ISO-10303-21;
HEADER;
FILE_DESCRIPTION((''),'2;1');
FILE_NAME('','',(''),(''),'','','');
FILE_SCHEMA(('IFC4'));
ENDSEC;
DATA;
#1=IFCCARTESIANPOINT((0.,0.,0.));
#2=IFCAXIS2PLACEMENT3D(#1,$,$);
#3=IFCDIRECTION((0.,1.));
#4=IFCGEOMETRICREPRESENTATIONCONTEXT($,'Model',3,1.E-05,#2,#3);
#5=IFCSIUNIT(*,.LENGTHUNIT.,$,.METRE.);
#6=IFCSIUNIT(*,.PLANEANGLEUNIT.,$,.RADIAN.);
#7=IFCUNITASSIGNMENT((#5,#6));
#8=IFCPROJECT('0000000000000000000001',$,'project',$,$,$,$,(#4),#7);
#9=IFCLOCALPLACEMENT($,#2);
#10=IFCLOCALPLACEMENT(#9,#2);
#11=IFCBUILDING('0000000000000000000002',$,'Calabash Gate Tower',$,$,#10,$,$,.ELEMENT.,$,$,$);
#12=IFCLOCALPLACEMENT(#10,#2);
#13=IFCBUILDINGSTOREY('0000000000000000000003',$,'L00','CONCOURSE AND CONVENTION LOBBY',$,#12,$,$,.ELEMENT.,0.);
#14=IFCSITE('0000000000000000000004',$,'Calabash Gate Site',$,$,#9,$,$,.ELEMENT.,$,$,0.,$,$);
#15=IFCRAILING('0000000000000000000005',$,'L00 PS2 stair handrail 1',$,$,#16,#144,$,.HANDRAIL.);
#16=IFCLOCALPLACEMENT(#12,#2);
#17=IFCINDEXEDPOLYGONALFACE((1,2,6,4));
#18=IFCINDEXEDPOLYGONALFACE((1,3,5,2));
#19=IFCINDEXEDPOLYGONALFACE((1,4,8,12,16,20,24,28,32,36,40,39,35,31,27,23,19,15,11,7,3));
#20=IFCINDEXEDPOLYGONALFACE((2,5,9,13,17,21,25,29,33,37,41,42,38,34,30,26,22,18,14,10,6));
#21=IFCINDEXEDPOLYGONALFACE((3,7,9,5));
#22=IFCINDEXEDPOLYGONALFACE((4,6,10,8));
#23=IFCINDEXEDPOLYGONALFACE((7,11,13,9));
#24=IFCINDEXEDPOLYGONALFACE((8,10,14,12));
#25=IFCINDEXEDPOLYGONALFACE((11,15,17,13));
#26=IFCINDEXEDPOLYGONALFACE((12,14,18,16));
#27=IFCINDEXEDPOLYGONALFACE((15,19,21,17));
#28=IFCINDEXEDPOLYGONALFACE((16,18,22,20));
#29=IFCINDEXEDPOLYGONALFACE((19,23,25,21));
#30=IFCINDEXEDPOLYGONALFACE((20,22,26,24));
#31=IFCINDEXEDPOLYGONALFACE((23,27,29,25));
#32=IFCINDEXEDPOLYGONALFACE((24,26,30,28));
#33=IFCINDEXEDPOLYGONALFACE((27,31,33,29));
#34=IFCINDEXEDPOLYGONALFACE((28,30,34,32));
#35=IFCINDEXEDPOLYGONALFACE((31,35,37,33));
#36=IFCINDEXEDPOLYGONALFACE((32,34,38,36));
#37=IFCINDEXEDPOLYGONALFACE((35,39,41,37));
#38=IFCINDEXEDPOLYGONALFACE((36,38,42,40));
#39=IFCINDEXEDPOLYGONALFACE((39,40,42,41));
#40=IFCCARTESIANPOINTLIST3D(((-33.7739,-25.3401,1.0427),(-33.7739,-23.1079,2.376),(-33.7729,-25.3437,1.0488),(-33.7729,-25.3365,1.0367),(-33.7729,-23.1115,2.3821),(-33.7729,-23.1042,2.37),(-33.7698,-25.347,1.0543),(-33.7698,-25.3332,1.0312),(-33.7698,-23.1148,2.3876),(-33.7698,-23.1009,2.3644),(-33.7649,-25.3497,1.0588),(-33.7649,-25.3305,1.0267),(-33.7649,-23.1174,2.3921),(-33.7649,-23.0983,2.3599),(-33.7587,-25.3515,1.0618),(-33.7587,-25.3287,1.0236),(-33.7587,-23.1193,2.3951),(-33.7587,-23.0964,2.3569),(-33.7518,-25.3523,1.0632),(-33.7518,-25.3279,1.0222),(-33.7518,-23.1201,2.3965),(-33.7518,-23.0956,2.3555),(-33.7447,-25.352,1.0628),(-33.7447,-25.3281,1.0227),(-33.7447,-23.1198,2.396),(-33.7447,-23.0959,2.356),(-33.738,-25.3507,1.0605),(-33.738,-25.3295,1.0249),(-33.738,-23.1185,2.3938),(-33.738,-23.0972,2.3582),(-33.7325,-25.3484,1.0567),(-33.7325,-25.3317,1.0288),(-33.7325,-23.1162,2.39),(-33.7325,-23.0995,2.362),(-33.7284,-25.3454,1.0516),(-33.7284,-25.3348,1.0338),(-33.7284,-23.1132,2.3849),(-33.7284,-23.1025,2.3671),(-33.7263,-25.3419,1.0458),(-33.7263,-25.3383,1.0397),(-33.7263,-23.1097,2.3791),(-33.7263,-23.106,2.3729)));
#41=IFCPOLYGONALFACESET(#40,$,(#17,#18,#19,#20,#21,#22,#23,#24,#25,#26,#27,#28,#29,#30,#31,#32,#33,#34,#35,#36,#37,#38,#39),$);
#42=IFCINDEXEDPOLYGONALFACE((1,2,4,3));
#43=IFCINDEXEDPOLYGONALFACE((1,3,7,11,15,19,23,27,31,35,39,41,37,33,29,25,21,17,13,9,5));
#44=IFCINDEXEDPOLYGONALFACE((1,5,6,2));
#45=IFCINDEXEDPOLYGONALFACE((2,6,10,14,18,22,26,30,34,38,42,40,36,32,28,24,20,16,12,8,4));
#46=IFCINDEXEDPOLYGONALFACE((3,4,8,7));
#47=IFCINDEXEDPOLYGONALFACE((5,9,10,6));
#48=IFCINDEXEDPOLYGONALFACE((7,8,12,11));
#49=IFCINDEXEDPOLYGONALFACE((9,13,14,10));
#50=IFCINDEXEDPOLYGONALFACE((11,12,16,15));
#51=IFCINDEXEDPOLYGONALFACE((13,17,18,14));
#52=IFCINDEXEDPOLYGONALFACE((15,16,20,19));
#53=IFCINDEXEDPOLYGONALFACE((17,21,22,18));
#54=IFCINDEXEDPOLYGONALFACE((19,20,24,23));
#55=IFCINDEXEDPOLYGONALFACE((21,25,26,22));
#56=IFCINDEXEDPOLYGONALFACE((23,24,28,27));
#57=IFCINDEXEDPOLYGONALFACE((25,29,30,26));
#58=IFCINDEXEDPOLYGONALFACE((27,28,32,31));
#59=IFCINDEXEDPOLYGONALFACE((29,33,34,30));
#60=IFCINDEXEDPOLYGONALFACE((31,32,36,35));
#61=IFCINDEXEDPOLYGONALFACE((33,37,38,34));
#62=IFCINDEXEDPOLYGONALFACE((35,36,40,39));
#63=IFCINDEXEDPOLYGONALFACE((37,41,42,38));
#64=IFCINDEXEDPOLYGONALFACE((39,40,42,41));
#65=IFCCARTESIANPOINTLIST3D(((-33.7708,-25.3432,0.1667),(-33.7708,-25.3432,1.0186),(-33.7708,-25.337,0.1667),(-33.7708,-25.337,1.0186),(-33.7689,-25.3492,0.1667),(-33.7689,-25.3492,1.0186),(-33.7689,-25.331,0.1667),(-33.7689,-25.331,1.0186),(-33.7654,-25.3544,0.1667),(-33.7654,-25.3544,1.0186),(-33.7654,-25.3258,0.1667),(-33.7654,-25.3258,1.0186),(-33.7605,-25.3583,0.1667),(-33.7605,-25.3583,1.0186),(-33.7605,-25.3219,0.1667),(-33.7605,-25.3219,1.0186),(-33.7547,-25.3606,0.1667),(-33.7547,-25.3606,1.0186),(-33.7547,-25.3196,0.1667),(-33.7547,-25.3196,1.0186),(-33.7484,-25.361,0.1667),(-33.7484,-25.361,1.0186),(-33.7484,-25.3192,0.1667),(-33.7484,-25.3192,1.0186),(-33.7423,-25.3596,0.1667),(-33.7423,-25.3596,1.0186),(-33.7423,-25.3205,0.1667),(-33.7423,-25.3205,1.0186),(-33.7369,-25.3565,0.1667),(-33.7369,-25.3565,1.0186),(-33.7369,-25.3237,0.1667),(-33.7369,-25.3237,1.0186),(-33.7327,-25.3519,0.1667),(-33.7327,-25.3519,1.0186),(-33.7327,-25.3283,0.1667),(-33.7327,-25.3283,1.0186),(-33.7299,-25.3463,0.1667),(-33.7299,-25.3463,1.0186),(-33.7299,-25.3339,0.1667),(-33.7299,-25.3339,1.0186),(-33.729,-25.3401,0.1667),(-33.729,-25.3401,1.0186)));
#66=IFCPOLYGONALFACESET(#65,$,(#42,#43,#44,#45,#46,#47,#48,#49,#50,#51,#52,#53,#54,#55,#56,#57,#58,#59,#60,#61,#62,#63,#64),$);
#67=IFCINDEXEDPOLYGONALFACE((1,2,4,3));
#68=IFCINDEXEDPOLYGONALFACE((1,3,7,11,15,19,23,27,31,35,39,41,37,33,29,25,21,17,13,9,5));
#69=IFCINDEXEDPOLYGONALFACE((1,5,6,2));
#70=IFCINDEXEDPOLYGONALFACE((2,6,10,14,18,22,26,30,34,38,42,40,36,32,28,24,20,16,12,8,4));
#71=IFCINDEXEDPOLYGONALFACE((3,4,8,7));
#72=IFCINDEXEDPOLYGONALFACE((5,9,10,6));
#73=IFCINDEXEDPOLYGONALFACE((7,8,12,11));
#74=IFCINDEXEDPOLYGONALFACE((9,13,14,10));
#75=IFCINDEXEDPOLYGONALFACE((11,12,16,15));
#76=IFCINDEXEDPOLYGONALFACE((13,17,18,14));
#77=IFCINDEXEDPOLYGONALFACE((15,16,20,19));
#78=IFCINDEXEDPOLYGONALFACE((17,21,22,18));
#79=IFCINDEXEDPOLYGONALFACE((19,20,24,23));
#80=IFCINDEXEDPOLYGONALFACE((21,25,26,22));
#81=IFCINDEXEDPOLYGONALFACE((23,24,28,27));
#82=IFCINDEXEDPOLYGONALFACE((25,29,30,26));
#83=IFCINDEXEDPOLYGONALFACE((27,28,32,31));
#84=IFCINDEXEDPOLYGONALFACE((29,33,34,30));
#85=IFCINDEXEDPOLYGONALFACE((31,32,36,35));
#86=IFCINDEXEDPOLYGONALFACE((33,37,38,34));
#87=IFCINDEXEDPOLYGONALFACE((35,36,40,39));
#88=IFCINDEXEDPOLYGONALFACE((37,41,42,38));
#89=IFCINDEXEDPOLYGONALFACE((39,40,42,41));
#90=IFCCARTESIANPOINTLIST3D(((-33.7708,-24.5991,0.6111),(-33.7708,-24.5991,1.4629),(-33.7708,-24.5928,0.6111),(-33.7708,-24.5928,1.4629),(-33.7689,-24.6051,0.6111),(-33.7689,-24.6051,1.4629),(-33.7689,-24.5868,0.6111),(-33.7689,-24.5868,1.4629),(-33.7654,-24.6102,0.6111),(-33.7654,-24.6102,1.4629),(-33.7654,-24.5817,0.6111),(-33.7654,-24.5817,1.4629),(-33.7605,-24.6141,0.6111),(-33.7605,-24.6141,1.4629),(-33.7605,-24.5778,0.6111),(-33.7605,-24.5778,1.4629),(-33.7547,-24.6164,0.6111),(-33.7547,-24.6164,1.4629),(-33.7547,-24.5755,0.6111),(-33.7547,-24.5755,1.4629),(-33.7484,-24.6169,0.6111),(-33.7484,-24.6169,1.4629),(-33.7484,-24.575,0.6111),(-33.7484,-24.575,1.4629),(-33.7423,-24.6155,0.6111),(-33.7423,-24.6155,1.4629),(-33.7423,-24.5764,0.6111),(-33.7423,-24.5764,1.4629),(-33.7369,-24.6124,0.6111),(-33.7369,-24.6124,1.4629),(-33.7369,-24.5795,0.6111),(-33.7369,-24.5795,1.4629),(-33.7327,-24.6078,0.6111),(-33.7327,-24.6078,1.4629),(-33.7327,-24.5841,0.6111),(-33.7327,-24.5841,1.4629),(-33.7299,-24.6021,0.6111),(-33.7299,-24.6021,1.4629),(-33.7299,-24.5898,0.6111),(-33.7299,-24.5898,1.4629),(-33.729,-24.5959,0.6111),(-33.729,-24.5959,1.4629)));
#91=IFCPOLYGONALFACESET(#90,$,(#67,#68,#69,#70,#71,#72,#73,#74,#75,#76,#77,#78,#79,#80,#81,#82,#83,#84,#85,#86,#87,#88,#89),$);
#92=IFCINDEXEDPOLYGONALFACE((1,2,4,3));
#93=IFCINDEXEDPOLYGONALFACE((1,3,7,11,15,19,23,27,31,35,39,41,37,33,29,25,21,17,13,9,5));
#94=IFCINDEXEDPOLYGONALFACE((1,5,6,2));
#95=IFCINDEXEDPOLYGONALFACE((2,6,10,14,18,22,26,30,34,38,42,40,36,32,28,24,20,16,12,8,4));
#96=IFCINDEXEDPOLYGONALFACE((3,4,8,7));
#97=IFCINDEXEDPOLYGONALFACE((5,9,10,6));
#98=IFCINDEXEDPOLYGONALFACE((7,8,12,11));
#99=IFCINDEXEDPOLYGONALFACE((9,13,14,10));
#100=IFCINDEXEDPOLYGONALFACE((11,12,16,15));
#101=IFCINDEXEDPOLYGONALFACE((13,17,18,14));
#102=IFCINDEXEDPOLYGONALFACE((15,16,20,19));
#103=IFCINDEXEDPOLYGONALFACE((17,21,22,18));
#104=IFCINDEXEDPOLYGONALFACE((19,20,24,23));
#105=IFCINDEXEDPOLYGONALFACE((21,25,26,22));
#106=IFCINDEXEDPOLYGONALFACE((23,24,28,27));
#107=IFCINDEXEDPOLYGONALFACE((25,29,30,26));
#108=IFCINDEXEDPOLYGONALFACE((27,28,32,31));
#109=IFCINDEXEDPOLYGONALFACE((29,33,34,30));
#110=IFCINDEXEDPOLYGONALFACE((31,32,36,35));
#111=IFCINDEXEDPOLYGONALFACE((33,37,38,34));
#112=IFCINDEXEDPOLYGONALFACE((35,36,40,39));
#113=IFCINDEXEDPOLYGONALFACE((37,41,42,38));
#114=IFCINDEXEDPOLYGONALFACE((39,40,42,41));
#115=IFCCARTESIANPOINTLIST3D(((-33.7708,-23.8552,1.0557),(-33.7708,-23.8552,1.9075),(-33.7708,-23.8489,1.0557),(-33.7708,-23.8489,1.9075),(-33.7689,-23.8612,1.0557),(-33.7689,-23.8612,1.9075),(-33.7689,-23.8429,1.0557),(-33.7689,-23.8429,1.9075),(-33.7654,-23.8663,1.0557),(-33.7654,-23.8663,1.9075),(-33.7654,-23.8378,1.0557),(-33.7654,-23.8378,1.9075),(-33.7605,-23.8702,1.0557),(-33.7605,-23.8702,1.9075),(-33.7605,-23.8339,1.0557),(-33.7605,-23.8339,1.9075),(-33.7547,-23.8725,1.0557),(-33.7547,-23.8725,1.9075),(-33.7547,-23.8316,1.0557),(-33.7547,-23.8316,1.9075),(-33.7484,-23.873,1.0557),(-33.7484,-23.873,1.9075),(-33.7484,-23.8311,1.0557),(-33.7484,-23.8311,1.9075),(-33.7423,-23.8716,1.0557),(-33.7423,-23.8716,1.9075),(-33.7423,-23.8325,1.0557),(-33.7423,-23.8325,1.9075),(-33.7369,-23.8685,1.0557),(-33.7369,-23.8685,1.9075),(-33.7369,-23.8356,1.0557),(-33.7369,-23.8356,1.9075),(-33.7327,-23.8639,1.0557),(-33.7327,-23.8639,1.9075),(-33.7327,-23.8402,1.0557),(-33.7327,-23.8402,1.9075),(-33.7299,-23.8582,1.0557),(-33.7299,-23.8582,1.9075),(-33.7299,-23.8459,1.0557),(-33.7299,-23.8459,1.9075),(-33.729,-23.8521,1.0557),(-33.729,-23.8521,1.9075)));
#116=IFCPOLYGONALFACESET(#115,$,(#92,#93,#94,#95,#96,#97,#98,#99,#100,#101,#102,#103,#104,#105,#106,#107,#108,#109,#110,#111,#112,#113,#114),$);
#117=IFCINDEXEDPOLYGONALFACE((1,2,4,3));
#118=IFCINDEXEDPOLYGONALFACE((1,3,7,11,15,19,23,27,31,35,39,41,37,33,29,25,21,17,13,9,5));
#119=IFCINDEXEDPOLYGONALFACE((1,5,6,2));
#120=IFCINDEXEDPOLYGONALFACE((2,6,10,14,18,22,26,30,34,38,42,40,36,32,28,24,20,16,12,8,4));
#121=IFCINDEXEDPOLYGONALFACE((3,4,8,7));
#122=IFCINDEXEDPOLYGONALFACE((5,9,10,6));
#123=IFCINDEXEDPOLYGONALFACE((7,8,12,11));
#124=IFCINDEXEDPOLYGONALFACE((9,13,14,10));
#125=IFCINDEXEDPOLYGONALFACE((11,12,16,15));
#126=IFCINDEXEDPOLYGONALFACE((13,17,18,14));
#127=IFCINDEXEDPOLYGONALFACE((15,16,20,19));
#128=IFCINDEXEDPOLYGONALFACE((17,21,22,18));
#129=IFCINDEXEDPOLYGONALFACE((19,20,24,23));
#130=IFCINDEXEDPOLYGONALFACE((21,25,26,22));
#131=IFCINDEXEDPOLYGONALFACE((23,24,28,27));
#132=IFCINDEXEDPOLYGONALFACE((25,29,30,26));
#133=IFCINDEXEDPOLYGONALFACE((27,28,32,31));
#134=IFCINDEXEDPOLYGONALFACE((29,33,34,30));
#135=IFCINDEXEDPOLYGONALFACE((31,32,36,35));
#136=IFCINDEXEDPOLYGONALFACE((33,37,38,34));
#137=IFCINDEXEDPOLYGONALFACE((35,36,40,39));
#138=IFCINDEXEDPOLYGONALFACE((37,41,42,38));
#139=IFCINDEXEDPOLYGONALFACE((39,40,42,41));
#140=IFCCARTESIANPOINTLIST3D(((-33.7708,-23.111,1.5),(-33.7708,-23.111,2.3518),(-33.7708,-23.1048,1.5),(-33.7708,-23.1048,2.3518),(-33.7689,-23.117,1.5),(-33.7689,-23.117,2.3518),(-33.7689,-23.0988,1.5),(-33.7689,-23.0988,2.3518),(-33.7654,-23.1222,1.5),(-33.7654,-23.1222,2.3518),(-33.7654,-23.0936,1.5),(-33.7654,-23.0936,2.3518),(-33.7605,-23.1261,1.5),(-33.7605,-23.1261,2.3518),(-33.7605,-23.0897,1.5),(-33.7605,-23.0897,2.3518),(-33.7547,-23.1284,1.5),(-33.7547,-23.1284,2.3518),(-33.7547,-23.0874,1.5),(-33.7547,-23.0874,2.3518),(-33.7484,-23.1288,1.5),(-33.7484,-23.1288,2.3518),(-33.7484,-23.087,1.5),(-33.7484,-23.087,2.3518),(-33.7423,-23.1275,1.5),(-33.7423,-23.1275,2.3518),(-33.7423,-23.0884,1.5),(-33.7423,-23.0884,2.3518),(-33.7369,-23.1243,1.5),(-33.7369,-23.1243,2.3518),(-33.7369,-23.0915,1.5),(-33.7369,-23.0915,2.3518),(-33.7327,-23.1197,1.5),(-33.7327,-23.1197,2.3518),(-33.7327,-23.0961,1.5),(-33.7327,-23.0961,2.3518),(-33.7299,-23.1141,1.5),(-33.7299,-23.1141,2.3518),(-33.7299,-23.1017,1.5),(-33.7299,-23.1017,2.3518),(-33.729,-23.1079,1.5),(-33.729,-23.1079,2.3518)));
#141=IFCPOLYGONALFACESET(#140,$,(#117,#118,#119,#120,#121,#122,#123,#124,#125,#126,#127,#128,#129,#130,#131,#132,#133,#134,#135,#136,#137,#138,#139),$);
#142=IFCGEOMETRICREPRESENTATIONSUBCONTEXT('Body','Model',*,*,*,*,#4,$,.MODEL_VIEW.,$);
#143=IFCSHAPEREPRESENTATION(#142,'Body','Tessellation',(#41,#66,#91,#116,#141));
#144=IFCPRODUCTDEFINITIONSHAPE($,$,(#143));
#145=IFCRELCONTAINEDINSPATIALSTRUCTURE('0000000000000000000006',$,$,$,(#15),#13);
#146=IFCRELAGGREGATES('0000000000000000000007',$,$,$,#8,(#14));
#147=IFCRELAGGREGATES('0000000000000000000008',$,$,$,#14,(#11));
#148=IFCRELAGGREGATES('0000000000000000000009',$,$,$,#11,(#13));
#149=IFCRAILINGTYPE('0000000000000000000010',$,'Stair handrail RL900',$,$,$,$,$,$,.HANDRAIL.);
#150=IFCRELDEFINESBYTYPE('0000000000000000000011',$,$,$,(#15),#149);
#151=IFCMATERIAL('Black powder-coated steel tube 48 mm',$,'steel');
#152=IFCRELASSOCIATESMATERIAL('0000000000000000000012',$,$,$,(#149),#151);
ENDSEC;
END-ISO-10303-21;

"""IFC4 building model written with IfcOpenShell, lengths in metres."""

from ifc_helpers import new_model, si_unit, direction, frame, origin, origin_2d, place, context, subcontext, project, spatial, circle, extrude, material, type_object, element, save


model = new_model("IFC4")

# Units and contexts
model_context = context("Model", 3, precision=1e-05, world=origin(), true_north=direction((0.0, 1.0)))
body_context = subcontext(model_context, "Body", "Model", "MODEL_VIEW")
ifc_project = project(units=[si_unit("LENGTHUNIT", "METRE"), si_unit("PLANEANGLEUNIT", "RADIAN")], contexts=[model_context])

# Site, building, storey
site_placement = place(None, origin())
site = spatial("IfcSite", under=ifc_project, at=site_placement, Name="Calabash Gate Site", CompositionType="ELEMENT", RefElevation=0.0)
building_placement = place(site_placement, origin())
building = spatial("IfcBuilding", under=site, at=building_placement, Name="Calabash Gate Tower", CompositionType="ELEMENT")
storey_placement = place(building_placement, origin())
storey = spatial("IfcBuildingStorey", under=building, at=storey_placement, Name="L00", Description="CONCOURSE AND CONVENTION LOBBY", CompositionType="ELEMENT", Elevation=0.0)

# Railing
ifc_material_1 = material(Name="Black powder-coated steel tube 48 mm", Category="steel")
railing_type = type_object("IfcRailingType", Name="Stair handrail RL900", PredefinedType="HANDRAIL", material=ifc_material_1)
for number, where, name in (
    (1, (-33.75, -25.3401, 0.1667), "L00 PS2 stair handrail 1"),
):
    element("IfcRailing", number, at=place(storey_placement, frame(where)), inside=storey, type_object=railing_type, Name=name, PredefinedType="HANDRAIL", context=body_context, shape_type="SweptSolid", body=[
        extrude(circle(Radius=0.0239, at=origin_2d()), frame((0.0, 0.0, 0.876), z_axis=(0.0, 0.858519, 0.512782), x_axis=(-1.0, 0.0, 0.0)), (0.0, 0.0, 1.0), 2.6001),
        extrude(circle(Radius=0.021, at=origin_2d()), origin(), (0.0, 0.0, 1.0), 0.8518),
        extrude(circle(Radius=0.021, at=origin_2d()), frame((0.0, 0.7441, 0.4443)), (0.0, 0.0, 1.0), 0.8518),
        extrude(circle(Radius=0.021, at=origin_2d()), frame((0.0, 1.488, 0.8889)), (0.0, 0.0, 1.0), 0.8518),
        extrude(circle(Radius=0.021, at=origin_2d()), frame((0.0, 2.2322, 1.3333)), (0.0, 0.0, 1.0), 0.8518),
    ])

save(model, "model.ifc")
